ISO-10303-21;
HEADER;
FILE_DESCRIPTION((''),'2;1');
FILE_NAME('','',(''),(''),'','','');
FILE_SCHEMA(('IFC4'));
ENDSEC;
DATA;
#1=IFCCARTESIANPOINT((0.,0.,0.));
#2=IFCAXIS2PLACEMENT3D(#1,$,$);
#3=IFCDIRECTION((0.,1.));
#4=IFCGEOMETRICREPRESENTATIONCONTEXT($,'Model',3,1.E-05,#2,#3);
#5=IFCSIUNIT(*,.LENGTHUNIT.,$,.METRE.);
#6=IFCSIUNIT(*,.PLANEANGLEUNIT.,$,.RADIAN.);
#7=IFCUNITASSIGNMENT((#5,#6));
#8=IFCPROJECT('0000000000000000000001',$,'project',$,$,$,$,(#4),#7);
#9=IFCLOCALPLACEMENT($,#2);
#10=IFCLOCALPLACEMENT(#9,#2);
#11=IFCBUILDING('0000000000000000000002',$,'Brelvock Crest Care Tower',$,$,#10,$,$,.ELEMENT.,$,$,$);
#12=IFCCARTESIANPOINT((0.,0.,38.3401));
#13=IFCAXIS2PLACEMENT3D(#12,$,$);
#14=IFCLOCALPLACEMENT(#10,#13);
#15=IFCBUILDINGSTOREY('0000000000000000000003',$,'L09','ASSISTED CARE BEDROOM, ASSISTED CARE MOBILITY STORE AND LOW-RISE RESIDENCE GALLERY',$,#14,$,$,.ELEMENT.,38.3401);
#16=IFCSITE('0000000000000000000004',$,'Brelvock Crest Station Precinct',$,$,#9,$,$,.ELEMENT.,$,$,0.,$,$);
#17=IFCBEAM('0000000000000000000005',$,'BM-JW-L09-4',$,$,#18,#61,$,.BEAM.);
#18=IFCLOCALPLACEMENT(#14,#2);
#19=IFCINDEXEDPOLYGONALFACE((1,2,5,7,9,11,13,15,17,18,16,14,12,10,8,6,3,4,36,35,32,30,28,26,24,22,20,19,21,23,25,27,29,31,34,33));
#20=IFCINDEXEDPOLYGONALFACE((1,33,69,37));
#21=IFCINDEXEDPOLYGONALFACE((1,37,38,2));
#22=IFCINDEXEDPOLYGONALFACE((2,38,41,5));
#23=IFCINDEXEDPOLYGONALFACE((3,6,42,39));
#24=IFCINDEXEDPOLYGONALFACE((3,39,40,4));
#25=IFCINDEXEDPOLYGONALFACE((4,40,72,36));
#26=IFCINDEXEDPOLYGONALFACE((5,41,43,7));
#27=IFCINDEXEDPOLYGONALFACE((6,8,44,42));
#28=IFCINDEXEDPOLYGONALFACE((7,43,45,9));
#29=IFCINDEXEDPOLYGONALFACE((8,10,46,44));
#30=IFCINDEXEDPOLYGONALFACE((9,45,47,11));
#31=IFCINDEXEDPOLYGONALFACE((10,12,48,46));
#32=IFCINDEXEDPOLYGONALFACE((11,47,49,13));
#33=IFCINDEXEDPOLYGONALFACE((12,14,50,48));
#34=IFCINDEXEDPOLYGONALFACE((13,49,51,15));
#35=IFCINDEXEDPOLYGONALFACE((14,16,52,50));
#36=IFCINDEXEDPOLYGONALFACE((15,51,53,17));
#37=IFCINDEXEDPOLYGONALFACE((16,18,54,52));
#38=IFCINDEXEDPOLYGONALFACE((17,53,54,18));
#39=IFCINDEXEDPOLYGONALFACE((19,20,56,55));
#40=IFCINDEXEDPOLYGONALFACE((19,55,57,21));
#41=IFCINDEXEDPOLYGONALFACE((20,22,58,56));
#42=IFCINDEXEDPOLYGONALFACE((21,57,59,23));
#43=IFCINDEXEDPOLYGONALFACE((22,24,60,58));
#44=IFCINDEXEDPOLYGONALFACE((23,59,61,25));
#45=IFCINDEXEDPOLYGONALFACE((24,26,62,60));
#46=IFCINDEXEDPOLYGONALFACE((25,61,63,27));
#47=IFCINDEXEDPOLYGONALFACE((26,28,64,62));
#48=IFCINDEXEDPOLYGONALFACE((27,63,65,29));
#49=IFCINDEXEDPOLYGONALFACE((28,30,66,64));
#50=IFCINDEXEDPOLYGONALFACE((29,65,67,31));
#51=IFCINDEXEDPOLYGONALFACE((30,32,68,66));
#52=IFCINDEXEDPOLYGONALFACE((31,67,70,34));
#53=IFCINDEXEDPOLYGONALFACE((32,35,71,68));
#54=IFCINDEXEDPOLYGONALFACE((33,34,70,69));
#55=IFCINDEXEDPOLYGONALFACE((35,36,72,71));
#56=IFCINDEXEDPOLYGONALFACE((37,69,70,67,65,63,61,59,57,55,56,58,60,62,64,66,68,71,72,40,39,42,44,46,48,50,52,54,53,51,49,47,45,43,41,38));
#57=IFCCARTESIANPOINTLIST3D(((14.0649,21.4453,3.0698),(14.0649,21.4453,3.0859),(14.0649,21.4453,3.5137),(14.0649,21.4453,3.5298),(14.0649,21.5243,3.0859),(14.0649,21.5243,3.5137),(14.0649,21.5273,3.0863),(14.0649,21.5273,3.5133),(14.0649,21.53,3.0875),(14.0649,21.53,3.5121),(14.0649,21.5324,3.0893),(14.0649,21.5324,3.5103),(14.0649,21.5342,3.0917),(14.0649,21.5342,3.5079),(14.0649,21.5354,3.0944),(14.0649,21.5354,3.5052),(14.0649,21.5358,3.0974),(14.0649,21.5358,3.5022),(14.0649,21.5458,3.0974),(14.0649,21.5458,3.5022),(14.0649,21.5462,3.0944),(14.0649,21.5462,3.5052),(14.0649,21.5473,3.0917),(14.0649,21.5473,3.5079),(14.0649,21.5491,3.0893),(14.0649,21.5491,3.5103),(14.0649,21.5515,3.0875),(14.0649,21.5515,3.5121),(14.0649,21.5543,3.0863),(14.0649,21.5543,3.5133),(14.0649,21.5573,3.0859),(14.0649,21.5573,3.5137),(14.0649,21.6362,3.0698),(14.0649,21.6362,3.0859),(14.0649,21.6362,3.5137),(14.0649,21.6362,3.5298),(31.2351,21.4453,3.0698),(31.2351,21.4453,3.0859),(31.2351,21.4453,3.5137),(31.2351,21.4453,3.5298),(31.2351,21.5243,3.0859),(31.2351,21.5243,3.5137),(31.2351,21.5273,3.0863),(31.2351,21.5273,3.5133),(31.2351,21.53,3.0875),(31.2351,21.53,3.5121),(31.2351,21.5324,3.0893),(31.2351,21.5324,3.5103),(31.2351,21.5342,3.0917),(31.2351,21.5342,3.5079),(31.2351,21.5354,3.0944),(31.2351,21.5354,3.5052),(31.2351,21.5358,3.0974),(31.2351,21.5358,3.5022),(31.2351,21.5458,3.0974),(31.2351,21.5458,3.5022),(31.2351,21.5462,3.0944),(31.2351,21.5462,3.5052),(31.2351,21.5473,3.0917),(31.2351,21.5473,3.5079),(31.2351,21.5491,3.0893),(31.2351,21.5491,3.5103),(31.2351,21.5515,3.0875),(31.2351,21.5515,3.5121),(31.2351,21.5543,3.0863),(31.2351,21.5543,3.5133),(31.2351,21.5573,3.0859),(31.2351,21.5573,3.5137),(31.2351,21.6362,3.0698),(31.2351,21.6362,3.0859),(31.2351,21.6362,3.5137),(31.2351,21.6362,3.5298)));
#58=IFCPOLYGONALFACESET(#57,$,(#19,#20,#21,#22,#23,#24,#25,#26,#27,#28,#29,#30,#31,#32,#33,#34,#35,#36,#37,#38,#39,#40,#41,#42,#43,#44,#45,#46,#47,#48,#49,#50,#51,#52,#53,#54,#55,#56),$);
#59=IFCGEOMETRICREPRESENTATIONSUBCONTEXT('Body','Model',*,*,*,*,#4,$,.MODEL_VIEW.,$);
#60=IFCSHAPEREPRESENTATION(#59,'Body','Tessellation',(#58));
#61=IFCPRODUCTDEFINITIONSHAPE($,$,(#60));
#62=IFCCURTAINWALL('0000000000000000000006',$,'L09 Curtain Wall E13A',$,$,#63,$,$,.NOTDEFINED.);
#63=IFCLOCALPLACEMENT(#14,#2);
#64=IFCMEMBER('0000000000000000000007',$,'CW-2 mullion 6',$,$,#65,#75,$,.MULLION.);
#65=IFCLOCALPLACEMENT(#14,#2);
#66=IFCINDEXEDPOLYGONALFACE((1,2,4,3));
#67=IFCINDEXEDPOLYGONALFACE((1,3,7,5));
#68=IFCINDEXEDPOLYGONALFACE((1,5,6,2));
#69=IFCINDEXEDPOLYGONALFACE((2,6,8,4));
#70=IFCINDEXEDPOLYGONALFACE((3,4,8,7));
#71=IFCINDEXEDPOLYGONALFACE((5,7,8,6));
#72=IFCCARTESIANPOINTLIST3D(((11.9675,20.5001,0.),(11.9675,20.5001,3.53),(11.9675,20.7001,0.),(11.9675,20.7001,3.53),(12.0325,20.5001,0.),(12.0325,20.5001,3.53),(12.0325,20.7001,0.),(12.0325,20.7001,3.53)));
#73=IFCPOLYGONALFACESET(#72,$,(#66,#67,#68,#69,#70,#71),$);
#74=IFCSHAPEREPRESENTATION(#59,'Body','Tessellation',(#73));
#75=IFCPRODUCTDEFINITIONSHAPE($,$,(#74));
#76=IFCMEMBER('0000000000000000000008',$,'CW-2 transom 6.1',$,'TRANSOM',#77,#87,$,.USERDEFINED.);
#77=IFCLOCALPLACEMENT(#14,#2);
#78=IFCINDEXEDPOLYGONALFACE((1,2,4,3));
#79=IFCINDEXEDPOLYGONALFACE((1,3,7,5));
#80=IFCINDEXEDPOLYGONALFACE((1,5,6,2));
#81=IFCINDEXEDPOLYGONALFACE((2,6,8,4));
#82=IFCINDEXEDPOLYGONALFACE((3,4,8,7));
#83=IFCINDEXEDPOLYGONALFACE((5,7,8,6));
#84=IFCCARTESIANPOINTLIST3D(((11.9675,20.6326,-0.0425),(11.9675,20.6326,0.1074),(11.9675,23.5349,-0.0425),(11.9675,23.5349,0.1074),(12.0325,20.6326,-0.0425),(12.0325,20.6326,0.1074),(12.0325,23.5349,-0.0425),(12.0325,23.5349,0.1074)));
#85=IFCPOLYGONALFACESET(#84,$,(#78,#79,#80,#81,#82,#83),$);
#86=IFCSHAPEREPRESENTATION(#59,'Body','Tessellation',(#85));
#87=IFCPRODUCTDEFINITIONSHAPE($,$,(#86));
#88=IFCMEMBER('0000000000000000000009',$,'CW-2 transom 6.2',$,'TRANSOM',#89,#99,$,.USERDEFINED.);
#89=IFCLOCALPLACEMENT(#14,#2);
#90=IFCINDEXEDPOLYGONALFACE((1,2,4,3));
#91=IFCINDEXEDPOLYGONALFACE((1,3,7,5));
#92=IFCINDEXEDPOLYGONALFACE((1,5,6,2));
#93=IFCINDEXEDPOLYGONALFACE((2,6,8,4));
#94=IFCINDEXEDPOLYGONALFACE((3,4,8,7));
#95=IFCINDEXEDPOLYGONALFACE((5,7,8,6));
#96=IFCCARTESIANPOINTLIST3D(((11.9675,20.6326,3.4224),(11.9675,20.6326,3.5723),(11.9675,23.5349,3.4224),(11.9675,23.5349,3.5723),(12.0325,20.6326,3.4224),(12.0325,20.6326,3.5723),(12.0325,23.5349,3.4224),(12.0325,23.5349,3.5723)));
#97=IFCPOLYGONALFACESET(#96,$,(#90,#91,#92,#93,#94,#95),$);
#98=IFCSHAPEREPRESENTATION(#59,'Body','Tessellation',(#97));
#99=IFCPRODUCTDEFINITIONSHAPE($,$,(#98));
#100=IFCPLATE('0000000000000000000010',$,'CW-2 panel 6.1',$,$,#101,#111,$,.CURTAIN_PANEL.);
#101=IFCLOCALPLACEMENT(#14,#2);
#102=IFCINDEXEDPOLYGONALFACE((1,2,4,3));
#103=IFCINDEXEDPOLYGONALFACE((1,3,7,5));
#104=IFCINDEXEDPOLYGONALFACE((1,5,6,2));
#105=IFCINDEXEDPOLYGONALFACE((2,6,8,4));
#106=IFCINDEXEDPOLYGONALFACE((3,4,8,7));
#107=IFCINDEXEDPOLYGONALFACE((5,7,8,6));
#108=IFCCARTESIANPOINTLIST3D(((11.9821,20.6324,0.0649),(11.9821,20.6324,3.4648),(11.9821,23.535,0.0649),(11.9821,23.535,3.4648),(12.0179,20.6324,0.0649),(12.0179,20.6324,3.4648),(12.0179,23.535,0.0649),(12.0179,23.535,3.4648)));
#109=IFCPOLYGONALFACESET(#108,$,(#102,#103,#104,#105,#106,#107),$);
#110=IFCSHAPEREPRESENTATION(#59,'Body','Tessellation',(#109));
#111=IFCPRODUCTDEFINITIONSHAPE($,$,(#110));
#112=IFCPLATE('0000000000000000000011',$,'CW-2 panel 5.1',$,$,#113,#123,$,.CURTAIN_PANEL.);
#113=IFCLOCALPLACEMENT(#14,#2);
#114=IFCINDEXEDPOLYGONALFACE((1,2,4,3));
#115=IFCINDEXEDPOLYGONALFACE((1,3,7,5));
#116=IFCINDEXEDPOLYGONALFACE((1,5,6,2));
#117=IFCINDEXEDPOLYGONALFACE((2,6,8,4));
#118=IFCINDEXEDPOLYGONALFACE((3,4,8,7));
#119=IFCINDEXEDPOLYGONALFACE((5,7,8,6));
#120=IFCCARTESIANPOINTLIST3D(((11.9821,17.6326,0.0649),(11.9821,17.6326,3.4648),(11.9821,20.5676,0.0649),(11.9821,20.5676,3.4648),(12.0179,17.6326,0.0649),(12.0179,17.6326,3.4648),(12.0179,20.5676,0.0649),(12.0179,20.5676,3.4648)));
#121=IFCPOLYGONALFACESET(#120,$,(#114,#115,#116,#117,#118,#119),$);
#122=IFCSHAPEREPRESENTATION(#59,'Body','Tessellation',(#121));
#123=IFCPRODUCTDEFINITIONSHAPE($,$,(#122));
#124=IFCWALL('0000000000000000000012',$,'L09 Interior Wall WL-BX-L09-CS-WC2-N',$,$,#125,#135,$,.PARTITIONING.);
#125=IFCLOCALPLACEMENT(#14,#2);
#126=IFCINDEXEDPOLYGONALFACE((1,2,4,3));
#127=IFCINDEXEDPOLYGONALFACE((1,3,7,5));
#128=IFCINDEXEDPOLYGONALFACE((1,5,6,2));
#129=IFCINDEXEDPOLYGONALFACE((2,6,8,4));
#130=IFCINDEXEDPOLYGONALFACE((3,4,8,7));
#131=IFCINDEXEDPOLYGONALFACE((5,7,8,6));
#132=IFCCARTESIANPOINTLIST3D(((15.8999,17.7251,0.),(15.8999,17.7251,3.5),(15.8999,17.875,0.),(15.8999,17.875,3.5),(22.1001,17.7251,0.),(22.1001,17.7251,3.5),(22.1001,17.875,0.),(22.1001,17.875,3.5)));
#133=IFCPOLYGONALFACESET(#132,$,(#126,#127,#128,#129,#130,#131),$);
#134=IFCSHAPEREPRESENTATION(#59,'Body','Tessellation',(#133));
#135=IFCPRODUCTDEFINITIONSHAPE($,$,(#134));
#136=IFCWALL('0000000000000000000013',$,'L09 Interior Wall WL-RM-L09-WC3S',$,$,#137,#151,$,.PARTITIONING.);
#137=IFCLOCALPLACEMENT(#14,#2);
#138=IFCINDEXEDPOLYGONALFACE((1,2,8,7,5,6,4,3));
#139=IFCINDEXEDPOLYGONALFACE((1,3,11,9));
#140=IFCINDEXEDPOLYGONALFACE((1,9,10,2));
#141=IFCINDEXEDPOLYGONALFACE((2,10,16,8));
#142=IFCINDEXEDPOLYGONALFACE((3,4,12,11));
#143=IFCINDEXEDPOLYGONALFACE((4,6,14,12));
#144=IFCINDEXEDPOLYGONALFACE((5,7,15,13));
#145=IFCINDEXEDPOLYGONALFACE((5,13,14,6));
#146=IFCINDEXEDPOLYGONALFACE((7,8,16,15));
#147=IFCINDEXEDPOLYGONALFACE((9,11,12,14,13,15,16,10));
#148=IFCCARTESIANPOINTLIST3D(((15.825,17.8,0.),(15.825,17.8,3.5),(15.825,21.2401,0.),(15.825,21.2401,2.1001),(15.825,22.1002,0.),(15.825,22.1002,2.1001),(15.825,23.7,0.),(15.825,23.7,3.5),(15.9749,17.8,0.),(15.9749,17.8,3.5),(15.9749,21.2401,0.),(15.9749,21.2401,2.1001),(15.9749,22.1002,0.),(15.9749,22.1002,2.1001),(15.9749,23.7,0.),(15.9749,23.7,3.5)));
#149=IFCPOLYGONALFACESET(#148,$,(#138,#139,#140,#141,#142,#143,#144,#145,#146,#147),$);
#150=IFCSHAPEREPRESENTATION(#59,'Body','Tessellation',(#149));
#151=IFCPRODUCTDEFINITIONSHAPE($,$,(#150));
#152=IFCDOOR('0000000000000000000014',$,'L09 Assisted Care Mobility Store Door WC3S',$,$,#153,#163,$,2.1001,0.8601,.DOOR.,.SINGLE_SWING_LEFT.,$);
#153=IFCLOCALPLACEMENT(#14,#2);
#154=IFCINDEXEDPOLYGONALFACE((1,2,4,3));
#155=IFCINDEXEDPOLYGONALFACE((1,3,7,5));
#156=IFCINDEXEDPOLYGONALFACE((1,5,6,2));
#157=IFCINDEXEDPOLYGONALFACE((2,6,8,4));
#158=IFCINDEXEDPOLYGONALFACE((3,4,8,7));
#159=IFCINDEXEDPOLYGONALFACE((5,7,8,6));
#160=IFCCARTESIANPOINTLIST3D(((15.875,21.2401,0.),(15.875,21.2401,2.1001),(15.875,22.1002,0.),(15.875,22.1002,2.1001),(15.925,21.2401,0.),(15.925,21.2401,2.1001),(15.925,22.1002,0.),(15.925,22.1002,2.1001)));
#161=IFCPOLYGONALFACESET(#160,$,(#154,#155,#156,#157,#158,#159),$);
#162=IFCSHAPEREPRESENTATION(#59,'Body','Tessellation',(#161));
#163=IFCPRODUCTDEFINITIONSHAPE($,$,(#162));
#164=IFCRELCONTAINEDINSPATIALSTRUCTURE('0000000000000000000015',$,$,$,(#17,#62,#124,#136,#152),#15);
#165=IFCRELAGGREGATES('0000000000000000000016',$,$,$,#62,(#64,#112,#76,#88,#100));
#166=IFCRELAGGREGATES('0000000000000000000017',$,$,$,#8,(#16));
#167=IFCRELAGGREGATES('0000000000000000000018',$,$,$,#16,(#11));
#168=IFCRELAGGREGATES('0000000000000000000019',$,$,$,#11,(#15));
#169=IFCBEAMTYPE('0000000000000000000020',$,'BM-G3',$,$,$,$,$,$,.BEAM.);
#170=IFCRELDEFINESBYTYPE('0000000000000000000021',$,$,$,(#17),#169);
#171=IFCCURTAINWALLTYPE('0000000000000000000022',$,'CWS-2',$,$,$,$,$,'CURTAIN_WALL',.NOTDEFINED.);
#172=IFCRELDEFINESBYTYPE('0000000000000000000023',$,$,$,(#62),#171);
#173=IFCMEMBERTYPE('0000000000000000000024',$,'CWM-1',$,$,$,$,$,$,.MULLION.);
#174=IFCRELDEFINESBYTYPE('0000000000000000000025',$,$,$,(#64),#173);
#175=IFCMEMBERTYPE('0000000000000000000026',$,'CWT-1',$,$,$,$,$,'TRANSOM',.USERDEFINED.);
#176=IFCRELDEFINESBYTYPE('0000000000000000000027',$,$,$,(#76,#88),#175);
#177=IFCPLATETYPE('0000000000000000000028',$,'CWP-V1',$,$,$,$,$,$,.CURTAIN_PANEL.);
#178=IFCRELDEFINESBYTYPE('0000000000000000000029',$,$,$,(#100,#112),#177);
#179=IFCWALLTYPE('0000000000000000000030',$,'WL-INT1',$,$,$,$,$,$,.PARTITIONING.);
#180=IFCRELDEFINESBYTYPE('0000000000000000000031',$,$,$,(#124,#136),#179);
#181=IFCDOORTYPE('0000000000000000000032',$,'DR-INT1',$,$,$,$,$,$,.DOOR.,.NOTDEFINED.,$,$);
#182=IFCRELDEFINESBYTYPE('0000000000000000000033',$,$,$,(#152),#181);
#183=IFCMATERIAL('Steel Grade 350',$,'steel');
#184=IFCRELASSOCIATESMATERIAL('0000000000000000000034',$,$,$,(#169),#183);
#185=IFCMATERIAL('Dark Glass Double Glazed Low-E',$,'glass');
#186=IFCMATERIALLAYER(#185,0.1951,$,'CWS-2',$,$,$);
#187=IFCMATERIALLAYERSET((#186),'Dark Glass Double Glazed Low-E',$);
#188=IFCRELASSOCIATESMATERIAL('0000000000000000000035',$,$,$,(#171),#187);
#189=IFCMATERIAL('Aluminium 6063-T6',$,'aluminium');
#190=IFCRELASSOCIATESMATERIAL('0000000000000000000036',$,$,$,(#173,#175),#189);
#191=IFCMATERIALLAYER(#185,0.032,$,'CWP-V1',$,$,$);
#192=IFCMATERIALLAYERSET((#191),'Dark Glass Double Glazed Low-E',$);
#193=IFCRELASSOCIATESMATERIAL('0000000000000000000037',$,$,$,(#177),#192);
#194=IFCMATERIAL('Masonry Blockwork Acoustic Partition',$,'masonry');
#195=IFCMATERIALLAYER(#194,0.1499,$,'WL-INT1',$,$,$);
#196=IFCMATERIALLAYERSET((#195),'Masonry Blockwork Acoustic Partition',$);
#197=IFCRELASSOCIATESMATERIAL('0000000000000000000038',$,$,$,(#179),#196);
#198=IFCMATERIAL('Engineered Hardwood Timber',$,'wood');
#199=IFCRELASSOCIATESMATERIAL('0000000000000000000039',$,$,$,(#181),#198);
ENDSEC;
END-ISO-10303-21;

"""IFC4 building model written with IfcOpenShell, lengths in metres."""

from ifc_helpers import new_model, si_unit, direction, frame, frame_2d, origin, origin_2d, place, context, subcontext, project, spatial, rectangle, i_section, extrude, source, transform, mapped, material, layer, layer_set, material_profile, profile_set, type_object, element, fill, aggregate, save


model = new_model("IFC4")

# Units and contexts
model_context = context("Model", 3, precision=1e-05, world=origin(), true_north=direction((0.0, 1.0)))
body_context = subcontext(model_context, "Body", "Model", "MODEL_VIEW")
ifc_project = project(units=[si_unit("LENGTHUNIT", "METRE"), si_unit("PLANEANGLEUNIT", "RADIAN")], contexts=[model_context])

# Site, building, storey
site_placement = place(None, origin())
site = spatial("IfcSite", under=ifc_project, at=site_placement, Name="Brelvock Crest Station Precinct", CompositionType="ELEMENT", RefElevation=0.0)
building_placement = place(site_placement, origin())
building = spatial("IfcBuilding", under=site, at=building_placement, Name="Brelvock Crest Care Tower", CompositionType="ELEMENT")
storey_placement = place(building_placement, frame((0.0, 0.0, 38.3401)))
storey = spatial("IfcBuildingStorey", under=building, at=storey_placement, Name="L09", Description="ASSISTED CARE BEDROOM, ASSISTED CARE MOBILITY STORE AND LOW-RISE RESIDENCE GALLERY", CompositionType="ELEMENT", Elevation=38.3401)

# Shared definitions
ifc_material_1 = material(Name="Steel Grade 350", Category="steel")

# Beam
ifc_material_profile_1 = material_profile(ifc_material_1, i_section(OverallWidth=0.1909, OverallDepth=0.46, WebThickness=0.01, FlangeThickness=0.0161, FilletRadius=0.0115, at=origin_2d()), Name="460UB82.1")
ifc_profile_set_1 = profile_set([ifc_material_profile_1], Name="Steel Grade 350")
beam_type_1 = type_object("IfcBeamType", Name="BM-G3", PredefinedType="BEAM", material=ifc_profile_set_1)
shared_shape_1 = source(origin(), body_context, "Body", "SweptSolid", [
    extrude(i_section(OverallWidth=0.1909, OverallDepth=0.46, WebThickness=0.01, FlangeThickness=0.0161, FilletRadius=0.0115, at=origin_2d()), origin(), (0.0, 0.0, 1.0), 17.1702),
])
for number, where, z_axis, x_axis, name in (
    (1, (14.0649, 21.5408, 3.2998), (1.0, 0.0, 0.0), (0.0, 1.0, 0.0), "BM-JW-L09-4"),
):
    element("IfcBeam", number, at=place(storey_placement, frame(where, z_axis=z_axis, x_axis=x_axis)), inside=storey, type_object=beam_type_1, Name=name, PredefinedType="BEAM", context=body_context, shape_type="MappedRepresentation", body=[
        mapped(shared_shape_1, transform((0.0, 0.0, 0.0), x_axis=(1.0, 0.0, 0.0), y_axis=(0.0, 1.0, 0.0), z_axis=(0.0, 0.0, 1.0), scale=1.0)),
    ])

# Curtain wall, members, plates
ifc_material_2 = material(Name="Dark Glass Double Glazed Low-E", Category="glass")
ifc_layer_1 = layer(ifc_material_2, 0.1951, Name="CWS-2")
ifc_layer_set_1 = layer_set([ifc_layer_1], Name="Dark Glass Double Glazed Low-E")
curtain_wall_type = type_object("IfcCurtainWallType", Name="CWS-2", ElementType="CURTAIN_WALL", PredefinedType="NOTDEFINED", material=ifc_layer_set_1)
curtain_wall_placement = place(storey_placement, origin())
curtain_wall = element("IfcCurtainWall", 2, at=curtain_wall_placement, inside=storey, type_object=curtain_wall_type, Name="L09 Curtain Wall E13A", PredefinedType="NOTDEFINED")
ifc_material_3 = material(Name="Aluminium 6063-T6", Category="aluminium")
ifc_material_profile_2 = material_profile(ifc_material_3, rectangle(XDim=0.0649, YDim=0.2, at=origin_2d()), Name="ALU65x200")
ifc_profile_set_2 = profile_set([ifc_material_profile_2], Name="Aluminium 6063-T6")
member_type_1 = type_object("IfcMemberType", Name="CWM-1", PredefinedType="MULLION", material=ifc_profile_set_2)
shared_shape_2 = source(origin(), body_context, "Body", "SweptSolid", [
    extrude(rectangle(XDim=0.0649, YDim=0.2, at=origin_2d()), origin(), (0.0, 0.0, 1.0), 3.53),
])
member_1_placement = place(storey_placement, frame((12.0, 20.6001, 0.0), z_axis=(0.0, 0.0, 1.0), x_axis=(-1.0, 0.0, 0.0)))
member_1 = element("IfcMember", 3, at=member_1_placement, type_object=member_type_1, Name="CW-2 mullion 6", PredefinedType="MULLION", context=body_context, shape_type="MappedRepresentation", body=[
    mapped(shared_shape_2, transform((0.0, 0.0, 0.0), x_axis=(1.0, 0.0, 0.0), y_axis=(0.0, 1.0, 0.0), z_axis=(0.0, 0.0, 1.0), scale=1.0)),
])
ifc_material_profile_3 = material_profile(ifc_material_3, rectangle(XDim=0.0649, YDim=0.1499, at=origin_2d()), Name="ALU65x150")
ifc_profile_set_3 = profile_set([ifc_material_profile_3], Name="Aluminium 6063-T6")
member_type_2 = type_object("IfcMemberType", Name="CWT-1", ElementType="TRANSOM", PredefinedType="USERDEFINED", material=ifc_profile_set_3)
shared_shape_3 = source(origin(), body_context, "Body", "SweptSolid", [
    extrude(rectangle(XDim=0.0649, YDim=0.1499, at=origin_2d()), origin(), (0.0, 0.0, 1.0), 2.9023),
])
member_2_placement = place(storey_placement, frame((12.0, 20.6326, 0.0325), z_axis=(0.0, 1.0, 0.0), x_axis=(-1.0, 0.0, 0.0)))
member_2 = element("IfcMember", 4, at=member_2_placement, type_object=member_type_2, Name="CW-2 transom 6.1", ObjectType="TRANSOM", PredefinedType="USERDEFINED", context=body_context, shape_type="MappedRepresentation", body=[
    mapped(shared_shape_3, transform((0.0, 0.0, 0.0), x_axis=(1.0, 0.0, 0.0), y_axis=(0.0, 1.0, 0.0), z_axis=(0.0, 0.0, 1.0), scale=1.0)),
])
member_3_placement = place(storey_placement, frame((12.0, 20.6326, 3.4973), z_axis=(0.0, 1.0, 0.0), x_axis=(-1.0, 0.0, 0.0)))
member_3 = element("IfcMember", 5, at=member_3_placement, type_object=member_type_2, Name="CW-2 transom 6.2", ObjectType="TRANSOM", PredefinedType="USERDEFINED", context=body_context, shape_type="MappedRepresentation", body=[
    mapped(shared_shape_3, transform((0.0, 0.0, 0.0), x_axis=(1.0, 0.0, 0.0), y_axis=(0.0, 1.0, 0.0), z_axis=(0.0, 0.0, 1.0), scale=1.0)),
])
ifc_layer_2 = layer(ifc_material_2, 0.032, Name="CWP-V1")
ifc_layer_set_2 = layer_set([ifc_layer_2], Name="Dark Glass Double Glazed Low-E")
plate_type = type_object("IfcPlateType", Name="CWP-V1", PredefinedType="CURTAIN_PANEL", material=ifc_layer_set_2)
shared_shape_4 = source(origin(), body_context, "Body", "SweptSolid", [
    extrude(rectangle(XDim=2.9026, YDim=0.0359, at=origin_2d()), origin(), (0.0, 0.0, 1.0), 3.3999),
])
plate_1_placement = place(storey_placement, frame((12.0, 22.0837, 0.0649), z_axis=(0.0, 0.0, 1.0), x_axis=(0.0, 1.0, 0.0)))
plate_1 = element("IfcPlate", 6, at=plate_1_placement, type_object=plate_type, Name="CW-2 panel 6.1", PredefinedType="CURTAIN_PANEL", context=body_context, shape_type="MappedRepresentation", body=[
    mapped(shared_shape_4, transform((0.0, 0.0, 0.0), x_axis=(1.0, 0.0, 0.0), y_axis=(0.0, 1.0, 0.0), z_axis=(0.0, 0.0, 1.0), scale=1.0)),
])
shared_shape_5 = source(origin(), body_context, "Body", "SweptSolid", [
    extrude(rectangle(XDim=2.9351, YDim=0.0359, at=origin_2d()), origin(), (0.0, 0.0, 1.0), 3.3999),
])
plate_2_placement = place(storey_placement, frame((12.0, 19.1001, 0.0649), z_axis=(0.0, 0.0, 1.0), x_axis=(0.0, 1.0, 0.0)))
plate_2 = element("IfcPlate", 7, at=plate_2_placement, type_object=plate_type, Name="CW-2 panel 5.1", PredefinedType="CURTAIN_PANEL", context=body_context, shape_type="MappedRepresentation", body=[
    mapped(shared_shape_5, transform((0.0, 0.0, 0.0), x_axis=(1.0, 0.0, 0.0), y_axis=(0.0, 1.0, 0.0), z_axis=(0.0, 0.0, 1.0), scale=1.0)),
])
aggregate(curtain_wall, [member_1, plate_2, member_2, member_3, plate_1])

# Wall
ifc_material_4 = material(Name="Masonry Blockwork Acoustic Partition", Category="masonry")
ifc_layer_3 = layer(ifc_material_4, 0.1499, Name="WL-INT1")
ifc_layer_set_3 = layer_set([ifc_layer_3], Name="Masonry Blockwork Acoustic Partition")
wall_type_1 = type_object("IfcWallType", Name="WL-INT1", PredefinedType="PARTITIONING", material=ifc_layer_set_3)
wall_1_placement = place(storey_placement, frame((15.8999, 17.8, 0.0), z_axis=(0.0, 0.0, 1.0), x_axis=(1.0, 0.0, 0.0)))
element("IfcWall", 8, at=wall_1_placement, inside=storey, type_object=wall_type_1, Name="L09 Interior Wall WL-BX-L09-CS-WC2-N", PredefinedType="PARTITIONING", context=body_context, shape_type="SweptSolid", body=[
    extrude(rectangle(XDim=6.2002, YDim=0.1499, at=frame_2d((3.1001, 0.0))), origin(), (0.0, 0.0, 1.0), 3.5),
])

# Wall, opening, door
wall_2_placement = place(storey_placement, frame((15.8999, 17.8, 0.0), z_axis=(0.0, 0.0, 1.0), x_axis=(0.0, 1.0, 0.0)))
wall_2 = element("IfcWall", 9, at=wall_2_placement, inside=storey, type_object=wall_type_1, Name="L09 Interior Wall WL-RM-L09-WC3S", PredefinedType="PARTITIONING", context=body_context, shape_type="SweptSolid", body=[
    extrude(rectangle(XDim=5.8999, YDim=0.1499, at=frame_2d((2.95, 0.0))), origin(), (0.0, 0.0, 1.0), 3.5),
])
opening_1_placement = place(wall_2_placement, frame((3.4399, 0.0, 0.0)))
opening_1 = element("IfcOpeningElement", 10, at=opening_1_placement, cuts=wall_2, PredefinedType="OPENING", context=body_context, shape_type="SweptSolid", body=[
    extrude(rectangle(XDim=0.8601, YDim=2.1001, at=origin_2d()), frame((0.4302, 0.085, 1.05), z_axis=(0.0, -1.0, 0.0), x_axis=(1.0, 0.0, 0.0)), (0.0, 0.0, 1.0), 0.1699),
])
ifc_material_5 = material(Name="Engineered Hardwood Timber", Category="wood")
door_type_1 = type_object("IfcDoorType", Name="DR-INT1", OperationType="NOTDEFINED", PredefinedType="DOOR", material=ifc_material_5)
shared_shape_6 = source(origin(), body_context, "Body", "SweptSolid", [
    extrude(rectangle(XDim=0.8601, YDim=2.1001, at=origin_2d()), frame((0.4302, 0.0249, 1.05), z_axis=(0.0, -1.0, 0.0), x_axis=(1.0, 0.0, 0.0)), (0.0, 0.0, 1.0), 0.05),
])
door_1_placement = place(opening_1_placement, origin())
door_1 = element("IfcDoor", 11, at=door_1_placement, inside=storey, type_object=door_type_1, Name="L09 Assisted Care Mobility Store Door WC3S", OperationType="SINGLE_SWING_LEFT", OverallHeight=2.1001, OverallWidth=0.8601, PredefinedType="DOOR", context=body_context, shape_type="MappedRepresentation", body=[
    mapped(shared_shape_6, transform((0.0, 0.0, 0.0), x_axis=(1.0, 0.0, 0.0), y_axis=(0.0, 1.0, 0.0), z_axis=(0.0, 0.0, 1.0), scale=1.0)),
])
fill(opening_1, door_1)

save(model, "model.ifc")
